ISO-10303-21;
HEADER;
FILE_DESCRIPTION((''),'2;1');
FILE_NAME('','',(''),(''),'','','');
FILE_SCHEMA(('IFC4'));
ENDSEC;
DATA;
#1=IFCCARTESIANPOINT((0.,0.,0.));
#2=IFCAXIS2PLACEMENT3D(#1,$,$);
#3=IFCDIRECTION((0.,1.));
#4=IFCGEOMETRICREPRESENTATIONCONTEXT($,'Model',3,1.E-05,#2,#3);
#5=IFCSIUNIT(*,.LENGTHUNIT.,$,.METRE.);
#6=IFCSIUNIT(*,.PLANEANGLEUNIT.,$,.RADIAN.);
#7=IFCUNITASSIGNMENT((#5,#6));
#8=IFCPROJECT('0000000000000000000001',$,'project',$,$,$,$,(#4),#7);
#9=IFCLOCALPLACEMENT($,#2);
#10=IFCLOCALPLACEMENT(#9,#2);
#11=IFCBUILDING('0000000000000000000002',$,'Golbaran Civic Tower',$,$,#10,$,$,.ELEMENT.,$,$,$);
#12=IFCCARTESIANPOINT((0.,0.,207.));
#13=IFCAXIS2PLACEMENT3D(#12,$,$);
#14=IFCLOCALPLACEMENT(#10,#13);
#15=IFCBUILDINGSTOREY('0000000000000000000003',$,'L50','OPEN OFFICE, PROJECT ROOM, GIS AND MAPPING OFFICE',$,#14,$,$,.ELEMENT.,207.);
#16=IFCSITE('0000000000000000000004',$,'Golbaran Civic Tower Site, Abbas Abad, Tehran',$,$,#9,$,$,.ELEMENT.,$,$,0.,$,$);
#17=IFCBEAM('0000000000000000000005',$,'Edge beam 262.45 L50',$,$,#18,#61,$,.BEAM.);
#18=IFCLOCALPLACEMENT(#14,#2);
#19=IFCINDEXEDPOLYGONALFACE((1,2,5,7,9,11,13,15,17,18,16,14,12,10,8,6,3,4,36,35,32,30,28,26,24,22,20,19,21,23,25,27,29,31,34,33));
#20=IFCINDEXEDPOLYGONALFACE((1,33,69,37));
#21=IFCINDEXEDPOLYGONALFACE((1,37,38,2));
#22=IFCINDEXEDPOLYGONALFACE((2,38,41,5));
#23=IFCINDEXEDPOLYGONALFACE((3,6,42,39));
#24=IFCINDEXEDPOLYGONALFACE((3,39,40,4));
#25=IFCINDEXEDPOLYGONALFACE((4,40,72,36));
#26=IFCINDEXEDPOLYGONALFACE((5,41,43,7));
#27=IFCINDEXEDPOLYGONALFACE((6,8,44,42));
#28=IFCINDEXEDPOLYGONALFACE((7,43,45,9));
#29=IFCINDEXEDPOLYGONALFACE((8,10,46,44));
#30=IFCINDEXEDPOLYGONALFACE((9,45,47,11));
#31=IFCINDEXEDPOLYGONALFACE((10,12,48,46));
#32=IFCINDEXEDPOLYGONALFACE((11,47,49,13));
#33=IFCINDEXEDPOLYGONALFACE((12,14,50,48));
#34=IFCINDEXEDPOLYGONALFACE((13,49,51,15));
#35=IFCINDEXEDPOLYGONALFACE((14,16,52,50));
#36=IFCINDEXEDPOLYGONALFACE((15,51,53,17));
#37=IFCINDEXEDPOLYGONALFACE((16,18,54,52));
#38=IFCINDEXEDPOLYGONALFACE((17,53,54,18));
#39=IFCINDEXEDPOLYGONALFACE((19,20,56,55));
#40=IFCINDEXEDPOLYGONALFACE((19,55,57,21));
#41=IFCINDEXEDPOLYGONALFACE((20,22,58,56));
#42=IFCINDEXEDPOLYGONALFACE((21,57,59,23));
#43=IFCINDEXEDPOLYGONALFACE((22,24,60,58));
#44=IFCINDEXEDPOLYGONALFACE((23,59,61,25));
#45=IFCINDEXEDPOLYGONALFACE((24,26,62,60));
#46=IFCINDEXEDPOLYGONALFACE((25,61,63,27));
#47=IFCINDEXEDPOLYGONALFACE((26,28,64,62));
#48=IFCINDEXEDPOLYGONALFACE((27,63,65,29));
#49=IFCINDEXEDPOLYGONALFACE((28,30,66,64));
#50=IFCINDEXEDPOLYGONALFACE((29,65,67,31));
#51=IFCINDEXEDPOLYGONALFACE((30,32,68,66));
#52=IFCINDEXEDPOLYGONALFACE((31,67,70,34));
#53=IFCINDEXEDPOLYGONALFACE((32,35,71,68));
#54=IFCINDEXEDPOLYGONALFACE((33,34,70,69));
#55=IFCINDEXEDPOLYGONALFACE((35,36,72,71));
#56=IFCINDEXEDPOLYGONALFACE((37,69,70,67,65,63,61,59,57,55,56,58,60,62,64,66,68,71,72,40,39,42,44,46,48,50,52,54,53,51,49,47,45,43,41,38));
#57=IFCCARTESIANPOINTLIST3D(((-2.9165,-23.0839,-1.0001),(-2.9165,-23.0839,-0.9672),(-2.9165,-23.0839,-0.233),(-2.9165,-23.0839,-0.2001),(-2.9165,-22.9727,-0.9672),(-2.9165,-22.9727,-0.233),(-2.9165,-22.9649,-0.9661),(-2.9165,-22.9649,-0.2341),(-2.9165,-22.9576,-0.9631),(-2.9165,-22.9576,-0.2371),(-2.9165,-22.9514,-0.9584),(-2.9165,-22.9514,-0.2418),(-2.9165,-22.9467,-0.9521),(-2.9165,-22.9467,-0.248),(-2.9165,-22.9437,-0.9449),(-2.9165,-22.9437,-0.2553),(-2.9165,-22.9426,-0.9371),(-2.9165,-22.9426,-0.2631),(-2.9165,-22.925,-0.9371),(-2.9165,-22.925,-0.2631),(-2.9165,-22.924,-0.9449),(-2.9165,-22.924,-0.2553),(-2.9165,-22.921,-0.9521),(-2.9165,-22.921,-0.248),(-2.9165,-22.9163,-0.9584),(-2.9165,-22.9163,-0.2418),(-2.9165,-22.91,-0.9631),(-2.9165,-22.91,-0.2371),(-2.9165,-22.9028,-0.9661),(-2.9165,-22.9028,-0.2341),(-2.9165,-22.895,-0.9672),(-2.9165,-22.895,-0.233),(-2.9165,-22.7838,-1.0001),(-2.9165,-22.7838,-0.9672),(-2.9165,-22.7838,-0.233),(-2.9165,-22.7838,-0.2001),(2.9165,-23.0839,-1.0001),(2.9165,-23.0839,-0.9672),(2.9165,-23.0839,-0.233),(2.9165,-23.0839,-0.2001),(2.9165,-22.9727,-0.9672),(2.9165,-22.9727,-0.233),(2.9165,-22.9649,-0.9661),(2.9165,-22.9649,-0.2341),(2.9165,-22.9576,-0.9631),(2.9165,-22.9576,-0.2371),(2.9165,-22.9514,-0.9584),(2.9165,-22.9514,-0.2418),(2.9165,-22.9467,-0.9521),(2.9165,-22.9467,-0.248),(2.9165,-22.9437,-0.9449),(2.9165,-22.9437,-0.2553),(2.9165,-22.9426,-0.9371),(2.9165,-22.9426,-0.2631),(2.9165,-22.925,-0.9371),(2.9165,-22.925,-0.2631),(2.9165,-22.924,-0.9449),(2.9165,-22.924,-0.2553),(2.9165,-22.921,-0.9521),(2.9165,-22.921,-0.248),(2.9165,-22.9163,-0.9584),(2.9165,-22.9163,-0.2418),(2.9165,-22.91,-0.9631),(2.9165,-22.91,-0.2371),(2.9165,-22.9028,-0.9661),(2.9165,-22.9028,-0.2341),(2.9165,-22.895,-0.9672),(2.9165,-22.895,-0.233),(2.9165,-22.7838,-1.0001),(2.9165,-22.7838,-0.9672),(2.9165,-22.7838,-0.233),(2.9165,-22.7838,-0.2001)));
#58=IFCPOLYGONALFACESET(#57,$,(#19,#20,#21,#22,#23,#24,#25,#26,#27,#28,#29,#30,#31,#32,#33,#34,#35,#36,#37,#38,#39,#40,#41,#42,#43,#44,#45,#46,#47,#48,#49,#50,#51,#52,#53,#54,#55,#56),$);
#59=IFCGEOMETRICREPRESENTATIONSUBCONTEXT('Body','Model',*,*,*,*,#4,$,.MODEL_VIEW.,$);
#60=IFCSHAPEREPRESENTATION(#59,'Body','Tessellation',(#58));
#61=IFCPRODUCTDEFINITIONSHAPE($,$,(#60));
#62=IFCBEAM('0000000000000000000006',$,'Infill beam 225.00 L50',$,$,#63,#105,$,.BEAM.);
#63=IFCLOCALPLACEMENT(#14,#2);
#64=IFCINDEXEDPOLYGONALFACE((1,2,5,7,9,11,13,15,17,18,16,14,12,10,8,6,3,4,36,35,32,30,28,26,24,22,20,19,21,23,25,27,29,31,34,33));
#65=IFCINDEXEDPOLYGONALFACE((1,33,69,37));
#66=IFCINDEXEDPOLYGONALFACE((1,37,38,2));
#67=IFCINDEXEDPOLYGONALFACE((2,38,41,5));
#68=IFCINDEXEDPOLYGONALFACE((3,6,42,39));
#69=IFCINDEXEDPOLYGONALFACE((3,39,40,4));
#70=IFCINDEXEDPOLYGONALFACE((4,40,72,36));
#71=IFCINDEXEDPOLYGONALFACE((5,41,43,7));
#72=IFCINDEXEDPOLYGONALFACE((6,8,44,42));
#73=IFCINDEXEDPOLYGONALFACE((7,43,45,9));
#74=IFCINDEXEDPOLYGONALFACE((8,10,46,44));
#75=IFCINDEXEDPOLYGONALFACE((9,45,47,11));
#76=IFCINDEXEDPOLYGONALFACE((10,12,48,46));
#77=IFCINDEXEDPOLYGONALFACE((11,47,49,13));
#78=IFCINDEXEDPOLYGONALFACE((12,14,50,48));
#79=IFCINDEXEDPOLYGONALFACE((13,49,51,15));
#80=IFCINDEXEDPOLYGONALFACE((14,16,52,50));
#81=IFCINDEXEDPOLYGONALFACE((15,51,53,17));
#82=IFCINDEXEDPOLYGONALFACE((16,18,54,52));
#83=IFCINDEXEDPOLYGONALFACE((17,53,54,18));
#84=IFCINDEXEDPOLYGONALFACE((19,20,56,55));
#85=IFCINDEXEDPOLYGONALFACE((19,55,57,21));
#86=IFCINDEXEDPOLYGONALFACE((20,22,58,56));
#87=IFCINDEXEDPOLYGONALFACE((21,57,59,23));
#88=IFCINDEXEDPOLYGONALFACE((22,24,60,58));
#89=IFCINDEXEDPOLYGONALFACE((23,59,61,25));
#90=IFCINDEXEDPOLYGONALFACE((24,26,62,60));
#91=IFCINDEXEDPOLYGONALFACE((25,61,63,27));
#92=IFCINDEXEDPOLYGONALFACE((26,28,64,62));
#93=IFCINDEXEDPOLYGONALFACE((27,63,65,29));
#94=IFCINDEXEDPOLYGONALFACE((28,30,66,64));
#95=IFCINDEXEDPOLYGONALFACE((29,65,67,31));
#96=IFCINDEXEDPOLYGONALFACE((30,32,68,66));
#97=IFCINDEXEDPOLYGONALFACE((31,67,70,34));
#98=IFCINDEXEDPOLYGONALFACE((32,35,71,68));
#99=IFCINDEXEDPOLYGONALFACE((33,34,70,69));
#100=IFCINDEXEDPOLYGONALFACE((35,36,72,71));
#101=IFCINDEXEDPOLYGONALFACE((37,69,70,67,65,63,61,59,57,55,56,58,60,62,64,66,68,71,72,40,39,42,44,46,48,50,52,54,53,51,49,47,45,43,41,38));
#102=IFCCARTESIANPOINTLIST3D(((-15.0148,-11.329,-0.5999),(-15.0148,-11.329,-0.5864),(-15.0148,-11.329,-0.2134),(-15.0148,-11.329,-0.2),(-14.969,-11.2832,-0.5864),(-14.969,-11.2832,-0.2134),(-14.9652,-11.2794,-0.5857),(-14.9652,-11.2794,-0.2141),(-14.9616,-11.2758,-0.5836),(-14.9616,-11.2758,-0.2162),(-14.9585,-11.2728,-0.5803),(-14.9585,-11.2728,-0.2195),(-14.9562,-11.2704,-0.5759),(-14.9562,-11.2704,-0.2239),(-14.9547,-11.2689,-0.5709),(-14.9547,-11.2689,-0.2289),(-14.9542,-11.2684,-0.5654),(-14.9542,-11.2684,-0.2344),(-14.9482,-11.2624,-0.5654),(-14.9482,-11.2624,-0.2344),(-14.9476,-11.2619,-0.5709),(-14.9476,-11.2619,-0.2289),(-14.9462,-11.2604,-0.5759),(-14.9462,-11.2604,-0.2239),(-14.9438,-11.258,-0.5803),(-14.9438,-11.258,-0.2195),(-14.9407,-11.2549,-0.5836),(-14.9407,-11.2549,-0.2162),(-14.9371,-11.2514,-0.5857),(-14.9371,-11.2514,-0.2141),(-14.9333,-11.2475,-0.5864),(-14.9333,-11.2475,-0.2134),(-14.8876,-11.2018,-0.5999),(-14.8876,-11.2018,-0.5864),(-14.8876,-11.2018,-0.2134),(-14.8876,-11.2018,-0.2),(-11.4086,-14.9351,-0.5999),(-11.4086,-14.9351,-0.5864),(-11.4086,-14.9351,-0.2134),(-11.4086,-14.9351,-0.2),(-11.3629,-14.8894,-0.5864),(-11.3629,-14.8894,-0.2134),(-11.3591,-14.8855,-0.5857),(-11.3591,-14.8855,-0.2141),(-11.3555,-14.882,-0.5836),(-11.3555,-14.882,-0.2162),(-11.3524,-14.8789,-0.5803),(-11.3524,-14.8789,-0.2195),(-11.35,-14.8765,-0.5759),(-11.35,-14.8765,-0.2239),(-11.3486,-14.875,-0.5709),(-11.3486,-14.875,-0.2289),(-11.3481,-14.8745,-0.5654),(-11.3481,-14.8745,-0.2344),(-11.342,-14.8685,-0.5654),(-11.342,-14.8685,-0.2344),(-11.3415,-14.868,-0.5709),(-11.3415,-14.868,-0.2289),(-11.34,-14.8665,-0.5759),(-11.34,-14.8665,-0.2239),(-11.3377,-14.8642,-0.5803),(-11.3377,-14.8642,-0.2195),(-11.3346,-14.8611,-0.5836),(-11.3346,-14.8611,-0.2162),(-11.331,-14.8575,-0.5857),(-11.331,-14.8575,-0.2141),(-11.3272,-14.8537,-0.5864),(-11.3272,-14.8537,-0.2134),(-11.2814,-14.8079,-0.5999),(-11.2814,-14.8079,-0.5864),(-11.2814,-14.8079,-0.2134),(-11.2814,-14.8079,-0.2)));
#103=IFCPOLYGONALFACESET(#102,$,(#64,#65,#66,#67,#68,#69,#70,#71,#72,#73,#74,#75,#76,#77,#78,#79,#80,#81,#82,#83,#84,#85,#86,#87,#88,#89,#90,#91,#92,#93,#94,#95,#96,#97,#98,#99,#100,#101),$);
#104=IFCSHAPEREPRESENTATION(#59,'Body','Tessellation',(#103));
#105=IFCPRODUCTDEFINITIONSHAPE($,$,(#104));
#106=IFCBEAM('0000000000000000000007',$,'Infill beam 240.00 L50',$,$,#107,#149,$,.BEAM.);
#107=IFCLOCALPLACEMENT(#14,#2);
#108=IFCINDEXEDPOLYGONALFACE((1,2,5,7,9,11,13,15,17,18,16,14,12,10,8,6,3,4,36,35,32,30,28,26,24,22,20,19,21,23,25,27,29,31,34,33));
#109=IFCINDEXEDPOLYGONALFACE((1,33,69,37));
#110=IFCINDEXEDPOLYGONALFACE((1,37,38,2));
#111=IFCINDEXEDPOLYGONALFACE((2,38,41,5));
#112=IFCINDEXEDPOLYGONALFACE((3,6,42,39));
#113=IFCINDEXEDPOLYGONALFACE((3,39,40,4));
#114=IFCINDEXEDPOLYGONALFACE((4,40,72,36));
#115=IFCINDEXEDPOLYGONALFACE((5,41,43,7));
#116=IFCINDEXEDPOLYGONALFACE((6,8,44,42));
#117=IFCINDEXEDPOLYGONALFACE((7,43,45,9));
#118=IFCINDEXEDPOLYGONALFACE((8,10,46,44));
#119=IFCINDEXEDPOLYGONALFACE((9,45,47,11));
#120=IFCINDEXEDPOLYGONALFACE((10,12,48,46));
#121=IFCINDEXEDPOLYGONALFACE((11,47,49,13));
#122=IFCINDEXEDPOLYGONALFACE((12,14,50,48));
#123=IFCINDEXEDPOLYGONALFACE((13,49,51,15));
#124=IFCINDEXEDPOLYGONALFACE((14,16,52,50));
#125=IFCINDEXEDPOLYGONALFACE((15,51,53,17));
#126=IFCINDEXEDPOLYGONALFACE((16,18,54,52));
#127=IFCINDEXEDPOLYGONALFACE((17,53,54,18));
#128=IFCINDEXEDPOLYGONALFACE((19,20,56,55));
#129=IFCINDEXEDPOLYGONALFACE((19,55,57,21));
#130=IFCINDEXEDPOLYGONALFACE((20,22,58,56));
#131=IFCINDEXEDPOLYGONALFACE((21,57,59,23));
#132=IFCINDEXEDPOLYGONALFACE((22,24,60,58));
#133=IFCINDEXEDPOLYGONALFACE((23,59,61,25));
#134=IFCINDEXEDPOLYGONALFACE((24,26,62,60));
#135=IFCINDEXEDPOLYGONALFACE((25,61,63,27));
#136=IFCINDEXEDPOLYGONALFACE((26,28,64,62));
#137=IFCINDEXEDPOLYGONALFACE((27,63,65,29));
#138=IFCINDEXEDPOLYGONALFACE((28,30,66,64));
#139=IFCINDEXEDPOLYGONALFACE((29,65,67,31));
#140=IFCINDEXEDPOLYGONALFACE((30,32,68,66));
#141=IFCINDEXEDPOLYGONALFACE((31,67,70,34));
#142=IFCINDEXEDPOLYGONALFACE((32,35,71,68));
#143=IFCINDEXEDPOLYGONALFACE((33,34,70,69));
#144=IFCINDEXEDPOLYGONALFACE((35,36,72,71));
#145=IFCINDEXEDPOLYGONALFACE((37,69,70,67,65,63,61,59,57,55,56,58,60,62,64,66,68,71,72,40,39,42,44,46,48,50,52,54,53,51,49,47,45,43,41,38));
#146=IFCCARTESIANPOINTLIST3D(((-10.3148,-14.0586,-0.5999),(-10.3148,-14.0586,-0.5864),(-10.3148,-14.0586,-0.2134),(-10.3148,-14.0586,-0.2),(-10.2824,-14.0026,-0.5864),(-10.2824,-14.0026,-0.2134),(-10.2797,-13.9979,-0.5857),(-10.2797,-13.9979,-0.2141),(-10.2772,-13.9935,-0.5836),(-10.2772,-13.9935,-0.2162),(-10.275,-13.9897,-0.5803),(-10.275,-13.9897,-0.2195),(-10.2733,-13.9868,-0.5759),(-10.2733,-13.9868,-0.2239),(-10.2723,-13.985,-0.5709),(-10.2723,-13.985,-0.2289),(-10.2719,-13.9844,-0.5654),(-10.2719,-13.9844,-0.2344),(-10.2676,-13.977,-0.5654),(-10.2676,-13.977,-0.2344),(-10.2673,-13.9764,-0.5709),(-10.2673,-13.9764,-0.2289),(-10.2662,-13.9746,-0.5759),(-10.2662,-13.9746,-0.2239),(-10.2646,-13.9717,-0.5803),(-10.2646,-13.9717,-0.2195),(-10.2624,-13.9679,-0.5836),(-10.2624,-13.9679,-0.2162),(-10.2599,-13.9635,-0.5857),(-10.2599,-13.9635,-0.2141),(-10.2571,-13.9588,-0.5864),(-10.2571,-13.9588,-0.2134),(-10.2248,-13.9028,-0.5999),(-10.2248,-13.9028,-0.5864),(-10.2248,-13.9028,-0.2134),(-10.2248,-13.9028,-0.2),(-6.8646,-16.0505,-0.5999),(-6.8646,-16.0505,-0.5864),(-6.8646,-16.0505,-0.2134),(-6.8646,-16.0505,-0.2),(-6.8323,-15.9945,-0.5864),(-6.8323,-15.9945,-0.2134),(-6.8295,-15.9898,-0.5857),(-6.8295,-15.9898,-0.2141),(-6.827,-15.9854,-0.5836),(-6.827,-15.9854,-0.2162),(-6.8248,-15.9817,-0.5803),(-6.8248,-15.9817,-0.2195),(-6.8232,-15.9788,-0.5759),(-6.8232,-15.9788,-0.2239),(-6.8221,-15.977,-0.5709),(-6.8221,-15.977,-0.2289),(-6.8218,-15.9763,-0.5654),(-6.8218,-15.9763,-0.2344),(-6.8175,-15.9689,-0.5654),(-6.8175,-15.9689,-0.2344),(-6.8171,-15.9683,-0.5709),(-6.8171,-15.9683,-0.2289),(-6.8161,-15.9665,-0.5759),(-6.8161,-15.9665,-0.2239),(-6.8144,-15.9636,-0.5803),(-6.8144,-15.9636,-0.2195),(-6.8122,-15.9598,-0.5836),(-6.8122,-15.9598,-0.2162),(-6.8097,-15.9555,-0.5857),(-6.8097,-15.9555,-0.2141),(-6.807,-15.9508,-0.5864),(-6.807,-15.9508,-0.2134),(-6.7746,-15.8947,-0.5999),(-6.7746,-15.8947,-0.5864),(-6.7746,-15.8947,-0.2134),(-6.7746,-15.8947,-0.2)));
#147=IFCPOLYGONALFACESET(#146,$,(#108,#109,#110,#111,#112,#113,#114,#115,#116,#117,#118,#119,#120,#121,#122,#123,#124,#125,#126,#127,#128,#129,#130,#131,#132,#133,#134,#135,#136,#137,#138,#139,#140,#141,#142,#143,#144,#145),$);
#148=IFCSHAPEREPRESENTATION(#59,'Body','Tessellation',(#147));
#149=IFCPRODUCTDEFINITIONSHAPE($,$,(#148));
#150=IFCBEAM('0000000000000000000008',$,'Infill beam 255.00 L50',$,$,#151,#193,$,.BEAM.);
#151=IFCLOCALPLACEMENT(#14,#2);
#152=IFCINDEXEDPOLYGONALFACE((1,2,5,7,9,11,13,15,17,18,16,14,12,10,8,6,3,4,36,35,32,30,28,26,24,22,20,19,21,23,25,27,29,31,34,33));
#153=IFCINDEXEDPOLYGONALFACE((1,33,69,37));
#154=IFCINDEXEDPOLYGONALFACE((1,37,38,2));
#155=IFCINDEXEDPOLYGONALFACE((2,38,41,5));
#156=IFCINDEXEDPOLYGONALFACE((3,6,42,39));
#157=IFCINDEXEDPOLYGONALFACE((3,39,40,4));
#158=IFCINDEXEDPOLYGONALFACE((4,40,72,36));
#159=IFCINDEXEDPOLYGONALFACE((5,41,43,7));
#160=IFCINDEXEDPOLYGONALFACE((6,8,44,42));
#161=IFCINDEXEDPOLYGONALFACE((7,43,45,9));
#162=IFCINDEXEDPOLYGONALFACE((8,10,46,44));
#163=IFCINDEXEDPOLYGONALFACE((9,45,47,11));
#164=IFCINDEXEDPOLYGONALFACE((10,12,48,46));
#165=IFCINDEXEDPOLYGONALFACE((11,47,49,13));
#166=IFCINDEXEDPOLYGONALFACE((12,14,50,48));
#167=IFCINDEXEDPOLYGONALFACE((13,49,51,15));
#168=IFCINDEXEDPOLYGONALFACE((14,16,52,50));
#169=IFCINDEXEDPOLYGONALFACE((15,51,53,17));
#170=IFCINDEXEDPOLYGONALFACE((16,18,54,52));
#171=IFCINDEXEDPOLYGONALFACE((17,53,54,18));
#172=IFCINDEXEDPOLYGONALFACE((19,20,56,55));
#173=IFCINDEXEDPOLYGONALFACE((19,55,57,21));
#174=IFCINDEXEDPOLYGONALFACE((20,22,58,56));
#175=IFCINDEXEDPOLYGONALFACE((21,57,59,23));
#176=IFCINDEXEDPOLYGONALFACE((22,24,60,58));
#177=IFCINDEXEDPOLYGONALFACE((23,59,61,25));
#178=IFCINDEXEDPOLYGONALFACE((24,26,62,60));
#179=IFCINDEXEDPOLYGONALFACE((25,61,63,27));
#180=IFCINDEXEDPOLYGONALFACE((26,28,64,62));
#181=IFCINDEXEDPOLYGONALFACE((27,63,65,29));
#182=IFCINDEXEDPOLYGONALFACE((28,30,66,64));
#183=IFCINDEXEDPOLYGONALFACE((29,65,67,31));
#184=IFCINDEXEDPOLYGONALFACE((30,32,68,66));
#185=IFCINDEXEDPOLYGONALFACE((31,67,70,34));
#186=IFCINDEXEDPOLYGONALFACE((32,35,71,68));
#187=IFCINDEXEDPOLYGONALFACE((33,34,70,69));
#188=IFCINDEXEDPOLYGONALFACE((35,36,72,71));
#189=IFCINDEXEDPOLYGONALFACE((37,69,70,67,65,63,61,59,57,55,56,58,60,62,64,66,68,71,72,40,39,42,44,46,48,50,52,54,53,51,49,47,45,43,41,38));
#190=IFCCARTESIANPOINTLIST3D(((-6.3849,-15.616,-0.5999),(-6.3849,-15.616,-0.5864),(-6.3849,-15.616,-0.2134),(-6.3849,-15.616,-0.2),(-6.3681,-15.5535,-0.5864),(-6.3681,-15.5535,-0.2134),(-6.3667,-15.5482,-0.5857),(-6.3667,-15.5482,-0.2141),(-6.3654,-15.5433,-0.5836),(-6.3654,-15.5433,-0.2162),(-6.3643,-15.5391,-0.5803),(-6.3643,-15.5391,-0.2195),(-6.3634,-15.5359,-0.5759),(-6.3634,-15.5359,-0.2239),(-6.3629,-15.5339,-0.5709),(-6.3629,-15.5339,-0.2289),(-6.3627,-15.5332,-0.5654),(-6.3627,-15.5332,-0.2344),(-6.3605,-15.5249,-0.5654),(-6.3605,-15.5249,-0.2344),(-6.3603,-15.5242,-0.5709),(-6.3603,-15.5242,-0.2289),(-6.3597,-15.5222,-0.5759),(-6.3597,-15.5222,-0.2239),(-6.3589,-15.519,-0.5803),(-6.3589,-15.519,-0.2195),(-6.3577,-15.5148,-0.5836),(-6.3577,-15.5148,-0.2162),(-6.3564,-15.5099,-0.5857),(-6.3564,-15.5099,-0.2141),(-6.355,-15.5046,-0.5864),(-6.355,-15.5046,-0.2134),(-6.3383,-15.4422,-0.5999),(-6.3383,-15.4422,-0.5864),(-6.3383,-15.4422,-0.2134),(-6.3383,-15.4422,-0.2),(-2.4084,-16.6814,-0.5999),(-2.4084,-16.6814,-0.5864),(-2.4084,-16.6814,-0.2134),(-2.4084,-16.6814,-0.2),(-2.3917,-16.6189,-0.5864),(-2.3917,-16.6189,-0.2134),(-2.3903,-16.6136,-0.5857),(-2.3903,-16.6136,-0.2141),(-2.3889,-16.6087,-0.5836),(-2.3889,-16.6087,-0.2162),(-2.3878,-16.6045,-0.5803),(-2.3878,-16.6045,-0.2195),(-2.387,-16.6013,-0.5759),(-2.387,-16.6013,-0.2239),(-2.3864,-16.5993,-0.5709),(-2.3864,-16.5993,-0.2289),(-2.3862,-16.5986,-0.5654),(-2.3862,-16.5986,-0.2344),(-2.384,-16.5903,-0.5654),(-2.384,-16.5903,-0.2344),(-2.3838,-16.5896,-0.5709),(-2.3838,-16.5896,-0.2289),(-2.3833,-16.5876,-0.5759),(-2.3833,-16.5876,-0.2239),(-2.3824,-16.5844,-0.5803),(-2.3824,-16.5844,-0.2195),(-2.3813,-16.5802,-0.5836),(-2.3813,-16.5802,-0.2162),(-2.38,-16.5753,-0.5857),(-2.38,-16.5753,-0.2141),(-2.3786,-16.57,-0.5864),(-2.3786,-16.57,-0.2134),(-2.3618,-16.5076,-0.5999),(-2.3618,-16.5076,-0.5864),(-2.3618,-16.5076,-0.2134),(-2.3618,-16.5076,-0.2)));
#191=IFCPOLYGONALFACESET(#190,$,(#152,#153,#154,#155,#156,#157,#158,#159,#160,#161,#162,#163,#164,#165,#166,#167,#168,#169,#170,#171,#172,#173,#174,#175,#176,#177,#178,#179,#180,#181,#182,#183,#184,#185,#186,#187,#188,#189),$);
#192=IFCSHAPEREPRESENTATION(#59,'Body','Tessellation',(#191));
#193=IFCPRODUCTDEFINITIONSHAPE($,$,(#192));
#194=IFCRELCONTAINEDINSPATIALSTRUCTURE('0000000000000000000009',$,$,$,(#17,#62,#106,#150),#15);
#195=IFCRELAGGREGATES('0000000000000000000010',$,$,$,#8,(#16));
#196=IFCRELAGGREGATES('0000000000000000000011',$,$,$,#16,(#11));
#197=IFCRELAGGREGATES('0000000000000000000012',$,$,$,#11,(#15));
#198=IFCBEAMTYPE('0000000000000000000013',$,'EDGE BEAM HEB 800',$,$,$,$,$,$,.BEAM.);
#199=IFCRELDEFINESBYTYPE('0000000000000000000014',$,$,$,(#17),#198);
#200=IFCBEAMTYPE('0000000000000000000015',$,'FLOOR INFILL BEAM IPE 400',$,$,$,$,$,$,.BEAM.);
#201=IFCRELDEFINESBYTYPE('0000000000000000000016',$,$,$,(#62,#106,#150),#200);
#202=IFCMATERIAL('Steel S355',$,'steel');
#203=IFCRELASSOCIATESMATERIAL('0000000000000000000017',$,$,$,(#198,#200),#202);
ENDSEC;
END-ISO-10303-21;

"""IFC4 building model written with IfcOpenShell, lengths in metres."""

from ifc_helpers import new_model, si_unit, direction, frame, origin, origin_2d, place, context, subcontext, project, spatial, i_section, extrude, material, material_profile, profile_set, type_object, element, save


model = new_model("IFC4")

# Units and contexts
model_context = context("Model", 3, precision=1e-05, world=origin(), true_north=direction((0.0, 1.0)))
body_context = subcontext(model_context, "Body", "Model", "MODEL_VIEW")
ifc_project = project(units=[si_unit("LENGTHUNIT", "METRE"), si_unit("PLANEANGLEUNIT", "RADIAN")], contexts=[model_context])

# Site, building, storey
site_placement = place(None, origin())
site = spatial("IfcSite", under=ifc_project, at=site_placement, Name="Golbaran Civic Tower Site, Abbas Abad, Tehran", CompositionType="ELEMENT", RefElevation=0.0)
building_placement = place(site_placement, origin())
building = spatial("IfcBuilding", under=site, at=building_placement, Name="Golbaran Civic Tower", CompositionType="ELEMENT")
storey_placement = place(building_placement, frame((0.0, 0.0, 207.0)))
storey = spatial("IfcBuildingStorey", under=building, at=storey_placement, Name="L50", Description="OPEN OFFICE, PROJECT ROOM, GIS AND MAPPING OFFICE", CompositionType="ELEMENT", Elevation=207.0)

# Beams
ifc_material_1 = material(Name="Steel S355", Category="steel")
ifc_material_profile_1 = material_profile(ifc_material_1, i_section(OverallWidth=0.3, OverallDepth=0.8, WebThickness=0.0176, FlangeThickness=0.033, FilletRadius=0.03, at=origin_2d()), Name="HEB 800")
ifc_profile_set_1 = profile_set([ifc_material_profile_1], Name="Steel S355")
beam_type_1 = type_object("IfcBeamType", Name="EDGE BEAM HEB 800", PredefinedType="BEAM", material=ifc_profile_set_1)
beam_1_placement = place(storey_placement, frame((-2.9165, -22.9338, -0.6001), z_axis=(1.0, 0.0, 0.0), x_axis=(0.0, 1.0, 0.0)))
element("IfcBeam", 1, at=beam_1_placement, inside=storey, type_object=beam_type_1, Name="Edge beam 262.45 L50", PredefinedType="BEAM", context=body_context, shape_type="SweptSolid", body=[
    extrude(i_section(OverallWidth=0.3, OverallDepth=0.8, WebThickness=0.0176, FlangeThickness=0.033, FilletRadius=0.03, at=origin_2d()), origin(), (0.0, 0.0, 1.0), 5.833),
])
ifc_material_profile_2 = material_profile(ifc_material_1, i_section(OverallWidth=0.1799, OverallDepth=0.3999, WebThickness=0.0085, FlangeThickness=0.0134, FilletRadius=0.021, at=origin_2d()), Name="IPE 400")
ifc_profile_set_2 = profile_set([ifc_material_profile_2], Name="Steel S355")
beam_type_2 = type_object("IfcBeamType", Name="FLOOR INFILL BEAM IPE 400", PredefinedType="BEAM", material=ifc_profile_set_2)
beam_2_placement = place(storey_placement, frame((-14.9512, -11.2654, -0.3999), z_axis=(0.707107, -0.707107, 0.0), x_axis=(0.707107, 0.707107, 0.0)))
element("IfcBeam", 2, at=beam_2_placement, inside=storey, type_object=beam_type_2, Name="Infill beam 225.00 L50", PredefinedType="BEAM", context=body_context, shape_type="SweptSolid", body=[
    extrude(i_section(OverallWidth=0.1799, OverallDepth=0.3999, WebThickness=0.0085, FlangeThickness=0.0134, FilletRadius=0.021, at=origin_2d()), origin(), (0.0, 0.0, 1.0), 5.0999),
])
beam_3_placement = place(storey_placement, frame((-10.2698, -13.9807, -0.3999), z_axis=(0.866028, -0.499995, 0.0), x_axis=(0.499995, 0.866028, 0.0)))
element("IfcBeam", 3, at=beam_3_placement, inside=storey, type_object=beam_type_2, Name="Infill beam 240.00 L50", PredefinedType="BEAM", context=body_context, shape_type="SweptSolid", body=[
    extrude(i_section(OverallWidth=0.1799, OverallDepth=0.3999, WebThickness=0.0085, FlangeThickness=0.0134, FilletRadius=0.021, at=origin_2d()), origin(), (0.0, 0.0, 1.0), 3.9839),
])
beam_4_placement = place(storey_placement, frame((-6.3616, -15.5291, -0.3999), z_axis=(0.965931, -0.258799, 0.0), x_axis=(0.258799, 0.965931, 0.0)))
element("IfcBeam", 4, at=beam_4_placement, inside=storey, type_object=beam_type_2, Name="Infill beam 255.00 L50", PredefinedType="BEAM", context=body_context, shape_type="SweptSolid", body=[
    extrude(i_section(OverallWidth=0.1799, OverallDepth=0.3999, WebThickness=0.0085, FlangeThickness=0.0134, FilletRadius=0.021, at=origin_2d()), origin(), (0.0, 0.0, 1.0), 4.1167),
])

save(model, "model.ifc")
